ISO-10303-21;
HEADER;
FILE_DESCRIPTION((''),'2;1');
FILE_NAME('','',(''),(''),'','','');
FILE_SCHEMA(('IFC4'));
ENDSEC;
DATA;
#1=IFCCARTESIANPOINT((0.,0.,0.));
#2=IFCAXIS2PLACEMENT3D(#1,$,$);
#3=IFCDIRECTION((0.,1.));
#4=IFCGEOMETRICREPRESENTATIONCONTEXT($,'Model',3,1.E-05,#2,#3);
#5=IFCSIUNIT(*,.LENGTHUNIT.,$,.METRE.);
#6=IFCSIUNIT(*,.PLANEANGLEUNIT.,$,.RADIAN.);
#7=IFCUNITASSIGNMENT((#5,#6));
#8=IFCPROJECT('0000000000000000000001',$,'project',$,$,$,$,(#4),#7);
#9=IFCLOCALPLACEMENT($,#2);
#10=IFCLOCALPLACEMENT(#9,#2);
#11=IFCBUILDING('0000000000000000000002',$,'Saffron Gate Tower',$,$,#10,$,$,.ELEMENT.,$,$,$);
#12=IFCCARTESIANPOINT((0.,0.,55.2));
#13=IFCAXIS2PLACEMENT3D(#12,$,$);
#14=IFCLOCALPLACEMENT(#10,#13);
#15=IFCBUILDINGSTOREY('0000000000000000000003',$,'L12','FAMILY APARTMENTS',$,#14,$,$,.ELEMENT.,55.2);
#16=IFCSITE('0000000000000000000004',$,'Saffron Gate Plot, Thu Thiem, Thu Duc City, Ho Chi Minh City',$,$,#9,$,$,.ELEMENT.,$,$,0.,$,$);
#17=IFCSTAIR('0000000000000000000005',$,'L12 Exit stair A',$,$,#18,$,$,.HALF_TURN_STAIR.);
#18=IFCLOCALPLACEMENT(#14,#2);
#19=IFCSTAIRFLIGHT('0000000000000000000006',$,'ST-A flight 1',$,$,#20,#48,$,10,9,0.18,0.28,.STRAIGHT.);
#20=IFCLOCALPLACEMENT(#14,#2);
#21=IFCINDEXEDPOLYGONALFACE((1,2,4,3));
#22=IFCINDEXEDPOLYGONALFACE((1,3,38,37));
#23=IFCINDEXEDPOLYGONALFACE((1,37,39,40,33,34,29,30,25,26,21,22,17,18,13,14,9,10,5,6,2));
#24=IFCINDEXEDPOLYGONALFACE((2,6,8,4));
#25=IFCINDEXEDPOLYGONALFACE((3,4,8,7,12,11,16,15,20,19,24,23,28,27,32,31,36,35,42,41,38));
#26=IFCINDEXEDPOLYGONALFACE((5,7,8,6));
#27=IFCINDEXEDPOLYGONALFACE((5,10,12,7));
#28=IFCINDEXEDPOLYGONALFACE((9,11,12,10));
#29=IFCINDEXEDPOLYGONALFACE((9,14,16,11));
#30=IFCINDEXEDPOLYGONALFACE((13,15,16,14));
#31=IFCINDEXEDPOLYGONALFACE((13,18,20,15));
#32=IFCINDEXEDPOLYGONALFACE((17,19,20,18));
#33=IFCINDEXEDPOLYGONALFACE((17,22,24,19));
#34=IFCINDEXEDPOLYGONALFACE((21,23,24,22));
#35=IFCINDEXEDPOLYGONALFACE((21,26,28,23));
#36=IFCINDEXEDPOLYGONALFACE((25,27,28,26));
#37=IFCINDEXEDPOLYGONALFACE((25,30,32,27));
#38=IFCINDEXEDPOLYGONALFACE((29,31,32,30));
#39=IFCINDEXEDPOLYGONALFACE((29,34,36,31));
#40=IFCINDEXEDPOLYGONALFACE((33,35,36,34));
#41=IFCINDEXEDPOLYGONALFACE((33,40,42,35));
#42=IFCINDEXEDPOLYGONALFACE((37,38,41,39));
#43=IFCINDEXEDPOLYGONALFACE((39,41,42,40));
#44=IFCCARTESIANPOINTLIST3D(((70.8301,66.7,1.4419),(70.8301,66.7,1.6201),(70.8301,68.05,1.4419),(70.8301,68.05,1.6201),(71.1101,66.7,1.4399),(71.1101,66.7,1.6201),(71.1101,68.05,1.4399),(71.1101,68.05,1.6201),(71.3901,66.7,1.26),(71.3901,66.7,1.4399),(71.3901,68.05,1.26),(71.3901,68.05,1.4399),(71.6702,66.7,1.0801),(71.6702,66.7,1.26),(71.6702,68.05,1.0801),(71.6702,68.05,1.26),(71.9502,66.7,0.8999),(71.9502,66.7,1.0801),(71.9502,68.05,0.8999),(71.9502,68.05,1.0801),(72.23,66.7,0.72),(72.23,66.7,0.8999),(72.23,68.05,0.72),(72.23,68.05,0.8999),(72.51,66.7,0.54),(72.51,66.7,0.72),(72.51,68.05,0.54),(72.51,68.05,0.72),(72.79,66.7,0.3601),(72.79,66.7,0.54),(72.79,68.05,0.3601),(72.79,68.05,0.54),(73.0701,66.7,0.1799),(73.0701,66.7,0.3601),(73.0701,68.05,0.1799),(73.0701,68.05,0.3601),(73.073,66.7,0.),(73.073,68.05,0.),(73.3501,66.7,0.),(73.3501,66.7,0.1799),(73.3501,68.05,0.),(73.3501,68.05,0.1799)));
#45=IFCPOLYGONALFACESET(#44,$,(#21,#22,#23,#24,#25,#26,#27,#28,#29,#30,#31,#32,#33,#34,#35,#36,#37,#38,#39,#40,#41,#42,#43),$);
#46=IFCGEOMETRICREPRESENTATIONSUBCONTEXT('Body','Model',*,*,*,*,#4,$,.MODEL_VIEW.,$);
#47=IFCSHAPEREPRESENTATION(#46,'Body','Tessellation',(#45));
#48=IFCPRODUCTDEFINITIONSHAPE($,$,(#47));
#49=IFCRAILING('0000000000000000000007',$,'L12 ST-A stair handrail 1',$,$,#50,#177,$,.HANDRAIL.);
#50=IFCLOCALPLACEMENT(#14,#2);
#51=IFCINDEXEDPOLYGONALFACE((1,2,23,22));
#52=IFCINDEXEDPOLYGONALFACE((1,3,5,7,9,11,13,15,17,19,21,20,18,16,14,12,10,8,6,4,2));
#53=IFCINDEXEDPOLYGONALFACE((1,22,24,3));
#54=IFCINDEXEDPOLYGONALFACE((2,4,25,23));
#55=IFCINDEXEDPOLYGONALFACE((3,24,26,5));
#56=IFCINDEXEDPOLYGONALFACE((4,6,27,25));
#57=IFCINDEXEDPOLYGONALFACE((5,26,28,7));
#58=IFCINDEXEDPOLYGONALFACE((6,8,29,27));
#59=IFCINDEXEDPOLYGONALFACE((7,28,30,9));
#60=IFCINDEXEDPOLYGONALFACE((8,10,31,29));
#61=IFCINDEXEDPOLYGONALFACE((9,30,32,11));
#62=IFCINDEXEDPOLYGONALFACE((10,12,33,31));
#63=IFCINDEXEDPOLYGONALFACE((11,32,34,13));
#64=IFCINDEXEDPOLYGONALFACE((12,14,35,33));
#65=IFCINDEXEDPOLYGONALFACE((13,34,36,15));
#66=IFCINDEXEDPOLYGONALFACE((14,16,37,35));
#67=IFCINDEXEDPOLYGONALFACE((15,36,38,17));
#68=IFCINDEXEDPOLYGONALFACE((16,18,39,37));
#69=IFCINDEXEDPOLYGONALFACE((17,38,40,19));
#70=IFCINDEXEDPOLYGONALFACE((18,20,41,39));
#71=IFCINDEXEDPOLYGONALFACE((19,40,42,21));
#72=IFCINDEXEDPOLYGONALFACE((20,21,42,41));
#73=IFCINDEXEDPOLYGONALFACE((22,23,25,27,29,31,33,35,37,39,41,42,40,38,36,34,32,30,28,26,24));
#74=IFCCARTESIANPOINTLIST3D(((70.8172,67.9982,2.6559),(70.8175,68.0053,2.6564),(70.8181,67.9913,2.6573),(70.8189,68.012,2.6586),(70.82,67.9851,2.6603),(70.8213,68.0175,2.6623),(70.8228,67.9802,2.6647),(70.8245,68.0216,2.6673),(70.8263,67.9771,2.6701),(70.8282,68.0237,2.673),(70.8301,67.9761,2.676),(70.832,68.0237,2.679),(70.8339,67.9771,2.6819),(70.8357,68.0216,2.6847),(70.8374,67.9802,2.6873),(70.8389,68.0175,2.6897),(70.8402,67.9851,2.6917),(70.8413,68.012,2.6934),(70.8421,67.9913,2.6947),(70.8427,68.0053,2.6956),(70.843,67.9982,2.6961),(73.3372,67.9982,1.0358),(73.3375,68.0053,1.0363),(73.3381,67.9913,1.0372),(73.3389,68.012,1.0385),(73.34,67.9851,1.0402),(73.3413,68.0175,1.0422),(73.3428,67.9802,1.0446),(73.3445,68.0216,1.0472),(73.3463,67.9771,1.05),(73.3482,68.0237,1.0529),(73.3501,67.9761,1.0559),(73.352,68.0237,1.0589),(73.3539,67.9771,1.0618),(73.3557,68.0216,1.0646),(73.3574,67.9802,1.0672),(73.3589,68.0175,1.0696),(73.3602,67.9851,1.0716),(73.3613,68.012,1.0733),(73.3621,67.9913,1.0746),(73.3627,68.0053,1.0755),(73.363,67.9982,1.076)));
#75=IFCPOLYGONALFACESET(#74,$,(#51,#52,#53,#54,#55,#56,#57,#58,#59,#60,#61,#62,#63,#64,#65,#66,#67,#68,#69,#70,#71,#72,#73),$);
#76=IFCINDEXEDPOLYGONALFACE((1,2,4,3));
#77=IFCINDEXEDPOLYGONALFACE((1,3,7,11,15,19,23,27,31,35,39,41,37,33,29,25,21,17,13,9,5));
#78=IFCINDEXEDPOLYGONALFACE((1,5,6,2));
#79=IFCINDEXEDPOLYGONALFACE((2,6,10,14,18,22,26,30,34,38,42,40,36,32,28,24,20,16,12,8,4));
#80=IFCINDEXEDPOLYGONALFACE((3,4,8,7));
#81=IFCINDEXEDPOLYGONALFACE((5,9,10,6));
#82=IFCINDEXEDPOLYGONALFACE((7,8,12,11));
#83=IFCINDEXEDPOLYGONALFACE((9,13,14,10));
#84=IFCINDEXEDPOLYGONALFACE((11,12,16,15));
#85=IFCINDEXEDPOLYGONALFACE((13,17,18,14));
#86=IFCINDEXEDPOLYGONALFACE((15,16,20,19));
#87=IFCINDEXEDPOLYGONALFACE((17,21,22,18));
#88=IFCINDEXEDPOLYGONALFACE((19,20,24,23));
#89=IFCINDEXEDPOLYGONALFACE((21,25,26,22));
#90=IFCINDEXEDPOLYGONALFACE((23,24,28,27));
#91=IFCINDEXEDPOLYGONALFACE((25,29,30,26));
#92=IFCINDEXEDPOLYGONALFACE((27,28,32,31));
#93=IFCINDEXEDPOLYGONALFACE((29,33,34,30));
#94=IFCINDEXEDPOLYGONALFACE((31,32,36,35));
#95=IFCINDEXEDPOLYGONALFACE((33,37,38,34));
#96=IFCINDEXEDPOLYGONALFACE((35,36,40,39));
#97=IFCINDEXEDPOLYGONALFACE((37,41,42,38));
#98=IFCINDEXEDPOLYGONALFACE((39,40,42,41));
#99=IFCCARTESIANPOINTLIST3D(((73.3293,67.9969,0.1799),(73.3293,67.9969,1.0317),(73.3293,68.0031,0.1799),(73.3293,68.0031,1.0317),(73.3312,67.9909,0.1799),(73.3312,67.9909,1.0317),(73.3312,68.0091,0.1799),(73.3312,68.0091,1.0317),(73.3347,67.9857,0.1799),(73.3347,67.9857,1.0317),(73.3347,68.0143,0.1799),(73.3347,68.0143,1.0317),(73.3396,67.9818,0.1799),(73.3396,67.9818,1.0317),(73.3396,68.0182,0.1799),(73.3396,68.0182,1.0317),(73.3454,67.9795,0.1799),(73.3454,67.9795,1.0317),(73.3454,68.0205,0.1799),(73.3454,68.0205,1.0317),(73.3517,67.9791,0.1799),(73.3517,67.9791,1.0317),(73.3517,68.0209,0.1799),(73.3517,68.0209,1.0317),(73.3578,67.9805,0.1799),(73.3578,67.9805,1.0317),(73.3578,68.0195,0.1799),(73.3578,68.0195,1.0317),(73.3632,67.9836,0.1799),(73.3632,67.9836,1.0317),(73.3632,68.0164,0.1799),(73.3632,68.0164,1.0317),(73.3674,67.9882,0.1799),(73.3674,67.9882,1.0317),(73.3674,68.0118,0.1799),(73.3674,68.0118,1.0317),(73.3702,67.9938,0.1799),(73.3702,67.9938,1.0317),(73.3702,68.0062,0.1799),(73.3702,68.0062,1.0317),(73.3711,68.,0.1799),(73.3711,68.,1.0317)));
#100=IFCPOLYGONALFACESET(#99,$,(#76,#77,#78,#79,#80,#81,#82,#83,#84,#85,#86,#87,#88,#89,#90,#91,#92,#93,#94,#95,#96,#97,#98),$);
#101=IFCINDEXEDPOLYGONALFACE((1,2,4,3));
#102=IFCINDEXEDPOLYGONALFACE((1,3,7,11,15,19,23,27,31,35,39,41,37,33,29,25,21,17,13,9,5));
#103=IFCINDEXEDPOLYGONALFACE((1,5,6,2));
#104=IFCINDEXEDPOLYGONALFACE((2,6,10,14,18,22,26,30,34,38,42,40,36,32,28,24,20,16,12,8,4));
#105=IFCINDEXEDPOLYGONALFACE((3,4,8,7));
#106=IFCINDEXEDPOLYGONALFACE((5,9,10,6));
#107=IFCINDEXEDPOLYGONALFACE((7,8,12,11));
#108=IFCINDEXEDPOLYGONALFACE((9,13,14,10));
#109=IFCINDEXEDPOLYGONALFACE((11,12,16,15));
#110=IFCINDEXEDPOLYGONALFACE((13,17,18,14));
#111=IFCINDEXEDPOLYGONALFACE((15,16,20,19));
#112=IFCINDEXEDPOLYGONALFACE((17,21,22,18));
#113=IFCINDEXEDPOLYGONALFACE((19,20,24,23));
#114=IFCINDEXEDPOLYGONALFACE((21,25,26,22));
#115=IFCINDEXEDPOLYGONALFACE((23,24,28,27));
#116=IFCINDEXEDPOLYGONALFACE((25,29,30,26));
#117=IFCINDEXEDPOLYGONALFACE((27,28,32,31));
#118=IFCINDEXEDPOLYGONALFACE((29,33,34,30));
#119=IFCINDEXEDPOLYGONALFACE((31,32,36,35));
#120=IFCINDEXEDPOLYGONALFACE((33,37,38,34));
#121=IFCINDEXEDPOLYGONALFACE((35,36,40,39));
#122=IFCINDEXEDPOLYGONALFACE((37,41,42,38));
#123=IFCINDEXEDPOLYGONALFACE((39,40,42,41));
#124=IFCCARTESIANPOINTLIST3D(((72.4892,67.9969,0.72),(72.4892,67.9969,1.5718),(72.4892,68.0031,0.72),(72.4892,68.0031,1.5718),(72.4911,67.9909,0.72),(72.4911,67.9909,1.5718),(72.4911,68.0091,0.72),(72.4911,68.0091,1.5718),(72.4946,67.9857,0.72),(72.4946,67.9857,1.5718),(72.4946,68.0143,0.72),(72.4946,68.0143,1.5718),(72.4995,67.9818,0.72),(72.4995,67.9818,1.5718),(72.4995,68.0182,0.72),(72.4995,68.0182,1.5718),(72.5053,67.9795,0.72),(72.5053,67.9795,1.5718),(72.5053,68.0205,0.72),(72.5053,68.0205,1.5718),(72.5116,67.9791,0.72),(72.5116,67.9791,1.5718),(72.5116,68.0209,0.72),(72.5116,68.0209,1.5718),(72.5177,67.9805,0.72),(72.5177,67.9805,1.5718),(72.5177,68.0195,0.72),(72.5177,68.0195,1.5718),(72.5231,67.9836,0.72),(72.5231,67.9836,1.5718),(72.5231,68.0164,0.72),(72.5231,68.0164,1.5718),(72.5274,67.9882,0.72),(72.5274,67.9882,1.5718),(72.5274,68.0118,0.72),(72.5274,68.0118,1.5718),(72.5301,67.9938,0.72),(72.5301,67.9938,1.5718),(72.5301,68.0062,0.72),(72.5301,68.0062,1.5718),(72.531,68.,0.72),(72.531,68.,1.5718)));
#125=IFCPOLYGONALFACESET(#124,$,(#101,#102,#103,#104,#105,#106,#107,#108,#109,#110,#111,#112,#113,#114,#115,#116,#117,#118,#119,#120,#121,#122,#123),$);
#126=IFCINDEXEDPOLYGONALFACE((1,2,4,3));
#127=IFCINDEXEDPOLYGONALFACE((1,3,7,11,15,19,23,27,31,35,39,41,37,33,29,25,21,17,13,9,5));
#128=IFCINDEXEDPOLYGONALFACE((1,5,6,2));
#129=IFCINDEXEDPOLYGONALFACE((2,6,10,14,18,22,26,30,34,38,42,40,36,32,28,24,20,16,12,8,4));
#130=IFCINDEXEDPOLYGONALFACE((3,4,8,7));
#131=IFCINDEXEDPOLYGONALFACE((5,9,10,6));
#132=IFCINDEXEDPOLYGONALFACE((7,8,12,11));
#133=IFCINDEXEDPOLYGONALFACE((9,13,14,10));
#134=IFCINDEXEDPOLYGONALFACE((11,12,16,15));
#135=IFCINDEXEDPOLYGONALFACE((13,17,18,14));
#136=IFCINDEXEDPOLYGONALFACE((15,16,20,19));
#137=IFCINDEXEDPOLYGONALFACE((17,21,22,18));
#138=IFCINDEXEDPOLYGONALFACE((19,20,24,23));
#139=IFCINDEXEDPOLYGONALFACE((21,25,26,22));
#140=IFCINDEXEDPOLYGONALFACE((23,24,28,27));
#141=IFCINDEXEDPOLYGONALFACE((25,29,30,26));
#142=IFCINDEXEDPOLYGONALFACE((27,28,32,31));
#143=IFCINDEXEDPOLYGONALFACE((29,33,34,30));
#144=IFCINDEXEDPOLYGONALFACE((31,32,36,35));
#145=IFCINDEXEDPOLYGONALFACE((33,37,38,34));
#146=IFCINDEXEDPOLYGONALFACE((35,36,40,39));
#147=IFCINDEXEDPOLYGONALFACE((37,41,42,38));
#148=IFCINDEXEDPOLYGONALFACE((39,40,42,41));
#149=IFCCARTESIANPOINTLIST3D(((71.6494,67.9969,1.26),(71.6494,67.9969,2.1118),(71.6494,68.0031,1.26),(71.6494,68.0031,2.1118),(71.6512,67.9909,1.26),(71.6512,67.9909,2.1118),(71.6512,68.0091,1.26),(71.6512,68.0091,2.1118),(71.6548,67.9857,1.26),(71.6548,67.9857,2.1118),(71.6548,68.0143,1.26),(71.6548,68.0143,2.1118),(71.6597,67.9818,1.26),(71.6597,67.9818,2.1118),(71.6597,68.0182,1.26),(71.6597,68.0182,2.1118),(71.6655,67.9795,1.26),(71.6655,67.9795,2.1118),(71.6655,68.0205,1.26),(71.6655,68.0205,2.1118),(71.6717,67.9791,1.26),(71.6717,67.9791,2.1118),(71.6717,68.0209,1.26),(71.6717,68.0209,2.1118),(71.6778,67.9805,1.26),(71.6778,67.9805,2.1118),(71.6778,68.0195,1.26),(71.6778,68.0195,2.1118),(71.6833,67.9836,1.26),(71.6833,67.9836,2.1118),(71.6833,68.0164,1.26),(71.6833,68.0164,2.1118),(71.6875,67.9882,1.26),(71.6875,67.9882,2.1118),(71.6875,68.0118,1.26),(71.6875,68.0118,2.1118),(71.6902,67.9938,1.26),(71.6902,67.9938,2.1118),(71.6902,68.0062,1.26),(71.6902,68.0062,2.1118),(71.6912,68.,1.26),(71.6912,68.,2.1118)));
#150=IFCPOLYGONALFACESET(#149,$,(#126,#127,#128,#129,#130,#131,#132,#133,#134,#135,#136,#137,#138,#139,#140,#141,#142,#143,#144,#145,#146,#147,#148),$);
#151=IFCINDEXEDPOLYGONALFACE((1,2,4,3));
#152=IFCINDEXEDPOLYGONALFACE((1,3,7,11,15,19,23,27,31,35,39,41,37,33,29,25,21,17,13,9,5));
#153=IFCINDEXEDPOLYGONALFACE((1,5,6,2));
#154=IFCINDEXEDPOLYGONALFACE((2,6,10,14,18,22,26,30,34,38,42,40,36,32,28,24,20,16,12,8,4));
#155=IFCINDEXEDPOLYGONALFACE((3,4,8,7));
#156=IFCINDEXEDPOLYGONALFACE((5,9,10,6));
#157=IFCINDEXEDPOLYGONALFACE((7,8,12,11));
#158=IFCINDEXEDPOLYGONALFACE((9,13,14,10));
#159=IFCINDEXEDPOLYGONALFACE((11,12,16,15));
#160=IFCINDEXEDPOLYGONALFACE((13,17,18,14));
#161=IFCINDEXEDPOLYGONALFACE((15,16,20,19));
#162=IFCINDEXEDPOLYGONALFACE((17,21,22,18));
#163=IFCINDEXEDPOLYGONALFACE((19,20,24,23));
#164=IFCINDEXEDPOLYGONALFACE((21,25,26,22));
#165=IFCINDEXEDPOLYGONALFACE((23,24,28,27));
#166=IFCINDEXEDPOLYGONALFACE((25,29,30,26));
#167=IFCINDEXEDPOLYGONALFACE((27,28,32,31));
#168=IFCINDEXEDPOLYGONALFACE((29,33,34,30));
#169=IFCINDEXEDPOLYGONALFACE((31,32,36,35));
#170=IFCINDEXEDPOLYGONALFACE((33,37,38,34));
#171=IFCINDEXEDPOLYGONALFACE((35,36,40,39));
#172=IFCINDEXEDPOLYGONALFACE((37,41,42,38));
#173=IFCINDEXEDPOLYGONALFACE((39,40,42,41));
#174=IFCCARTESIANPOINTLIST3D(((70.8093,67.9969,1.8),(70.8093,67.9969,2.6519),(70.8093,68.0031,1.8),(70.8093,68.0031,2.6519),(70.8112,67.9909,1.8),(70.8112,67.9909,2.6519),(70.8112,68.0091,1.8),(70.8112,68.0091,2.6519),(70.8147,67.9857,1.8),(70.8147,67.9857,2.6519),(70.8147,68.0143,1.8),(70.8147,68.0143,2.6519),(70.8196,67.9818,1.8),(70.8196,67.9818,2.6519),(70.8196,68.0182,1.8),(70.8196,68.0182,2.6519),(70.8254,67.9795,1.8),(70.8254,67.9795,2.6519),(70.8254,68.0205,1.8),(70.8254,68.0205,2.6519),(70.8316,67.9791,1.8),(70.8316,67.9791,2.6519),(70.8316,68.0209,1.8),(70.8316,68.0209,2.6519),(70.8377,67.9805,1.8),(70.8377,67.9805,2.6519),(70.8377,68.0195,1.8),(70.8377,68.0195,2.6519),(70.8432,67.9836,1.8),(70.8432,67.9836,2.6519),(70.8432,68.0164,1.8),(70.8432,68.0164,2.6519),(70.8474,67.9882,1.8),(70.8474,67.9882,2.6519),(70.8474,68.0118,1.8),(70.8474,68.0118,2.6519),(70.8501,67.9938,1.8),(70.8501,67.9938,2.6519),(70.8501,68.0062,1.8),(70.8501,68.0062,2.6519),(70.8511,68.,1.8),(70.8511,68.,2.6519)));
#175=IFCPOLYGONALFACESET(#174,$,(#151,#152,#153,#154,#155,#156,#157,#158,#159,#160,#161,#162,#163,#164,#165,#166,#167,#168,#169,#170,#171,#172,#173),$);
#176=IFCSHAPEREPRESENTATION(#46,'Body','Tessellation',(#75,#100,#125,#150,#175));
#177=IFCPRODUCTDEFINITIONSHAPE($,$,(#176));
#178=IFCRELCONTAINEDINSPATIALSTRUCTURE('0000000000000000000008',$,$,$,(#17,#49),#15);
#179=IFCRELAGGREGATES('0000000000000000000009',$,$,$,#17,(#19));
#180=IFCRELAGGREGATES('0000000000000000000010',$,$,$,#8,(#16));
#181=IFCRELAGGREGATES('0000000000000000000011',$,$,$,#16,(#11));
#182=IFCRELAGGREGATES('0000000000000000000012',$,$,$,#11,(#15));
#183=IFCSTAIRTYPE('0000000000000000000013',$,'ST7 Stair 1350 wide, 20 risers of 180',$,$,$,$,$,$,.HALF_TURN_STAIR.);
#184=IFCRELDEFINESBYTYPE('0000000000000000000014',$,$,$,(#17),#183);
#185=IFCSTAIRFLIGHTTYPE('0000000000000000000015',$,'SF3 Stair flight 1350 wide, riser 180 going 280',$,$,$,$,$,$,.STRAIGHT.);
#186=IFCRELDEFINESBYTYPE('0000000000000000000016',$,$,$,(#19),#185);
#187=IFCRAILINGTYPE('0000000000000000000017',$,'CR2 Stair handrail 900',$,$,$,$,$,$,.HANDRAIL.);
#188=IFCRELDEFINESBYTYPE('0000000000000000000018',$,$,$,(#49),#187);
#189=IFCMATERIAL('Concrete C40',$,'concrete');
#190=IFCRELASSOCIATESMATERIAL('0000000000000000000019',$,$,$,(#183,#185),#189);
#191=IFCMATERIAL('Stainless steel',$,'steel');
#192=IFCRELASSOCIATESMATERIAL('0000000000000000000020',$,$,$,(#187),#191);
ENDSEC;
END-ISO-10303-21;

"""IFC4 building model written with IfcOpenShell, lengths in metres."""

from ifc_helpers import new_model, si_unit, direction, frame, origin, origin_2d, place, context, subcontext, project, spatial, polyline, circle, outline, extrude, material, type_object, element, aggregate, save


model = new_model("IFC4")

# Units and contexts
model_context = context("Model", 3, precision=1e-05, world=origin(), true_north=direction((0.0, 1.0)))
body_context = subcontext(model_context, "Body", "Model", "MODEL_VIEW")
ifc_project = project(units=[si_unit("LENGTHUNIT", "METRE"), si_unit("PLANEANGLEUNIT", "RADIAN")], contexts=[model_context])

# Site, building, storey
site_placement = place(None, origin())
site = spatial("IfcSite", under=ifc_project, at=site_placement, Name="Saffron Gate Plot, Thu Thiem, Thu Duc City, Ho Chi Minh City", CompositionType="ELEMENT", RefElevation=0.0)
building_placement = place(site_placement, origin())
building = spatial("IfcBuilding", under=site, at=building_placement, Name="Saffron Gate Tower", CompositionType="ELEMENT")
storey_placement = place(building_placement, frame((0.0, 0.0, 55.2)))
storey = spatial("IfcBuildingStorey", under=building, at=storey_placement, Name="L12", Description="FAMILY APARTMENTS", CompositionType="ELEMENT", Elevation=55.2)

# Stair, stair flight
ifc_material_1 = material(Name="Concrete C40", Category="concrete")
stair_type = type_object("IfcStairType", Name="ST7 Stair 1350 wide, 20 risers of 180", PredefinedType="HALF_TURN_STAIR", material=ifc_material_1)
stair_placement = place(storey_placement, origin())
stair = element("IfcStair", 1, at=stair_placement, inside=storey, type_object=stair_type, Name="L12 Exit stair A", PredefinedType="HALF_TURN_STAIR")
stair_flight_type = type_object("IfcStairFlightType", Name="SF3 Stair flight 1350 wide, riser 180 going 280", PredefinedType="STRAIGHT", material=ifc_material_1)
stair_flight_placement = place(storey_placement, frame((73.3501, 67.375, 0.0), z_axis=(0.0, 0.0, 1.0), x_axis=(-1.0, 0.0, 0.0)))
stair_flight = element("IfcStairFlight", 2, at=stair_flight_placement, type_object=stair_flight_type, Name="ST-A flight 1", NumberOfRisers=10, NumberOfTreads=9, PredefinedType="STRAIGHT", RiserHeight=0.18, TreadLength=0.28, context=body_context, shape_type="SweptSolid", body=[
    extrude(outline(polyline([(0.0, 0.0), (0.0, 0.1799), (0.28, 0.1799), (0.28, 0.3601), (0.5601, 0.3601), (0.5601, 0.54), (0.8401, 0.54), (0.8401, 0.72), (1.1201, 0.72), (1.1201, 0.8999), (1.3999, 0.8999), (1.3999, 1.0801), (1.6799, 1.0801), (1.6799, 1.26), (1.96, 1.26), (1.96, 1.4399), (2.24, 1.4399), (2.24, 1.6201), (2.52, 1.6201), (2.52, 1.8), (2.52, 1.4419), (0.2771, 0.0), (0.0, 0.0)])), frame((0.0, 0.675, 0.0), z_axis=(0.0, -1.0, 0.0), x_axis=(1.0, 0.0, 0.0)), (0.0, 0.0, 1.0), 1.3501),
])
aggregate(stair, [stair_flight])

# Railing
ifc_material_2 = material(Name="Stainless steel", Category="steel")
railing_type_1 = type_object("IfcRailingType", Name="CR2 Stair handrail 900", PredefinedType="HANDRAIL", material=ifc_material_2)
railing_1_placement = place(storey_placement, frame((73.3501, 68.0, 0.1799)))
element("IfcRailing", 3, at=railing_1_placement, inside=storey, type_object=railing_type_1, Name="L12 ST-A stair handrail 1", PredefinedType="HANDRAIL", context=body_context, shape_type="SweptSolid", body=[
    extrude(circle(Radius=0.0239, at=origin_2d()), frame((0.0, 0.0, 0.876), z_axis=(-0.841163, 0.0, 0.540782), x_axis=(0.0, -1.0, 0.0)), (0.0, 0.0, 1.0), 2.9958),
    extrude(circle(Radius=0.021, at=origin_2d()), origin(), (0.0, 0.0, 1.0), 0.8518),
    extrude(circle(Radius=0.021, at=origin_2d()), frame((-0.8401, 0.0, 0.54)), (0.0, 0.0, 1.0), 0.8518),
    extrude(circle(Radius=0.021, at=origin_2d()), frame((-1.6799, 0.0, 1.0801)), (0.0, 0.0, 1.0), 0.8518),
    extrude(circle(Radius=0.021, at=origin_2d()), frame((-2.52, 0.0, 1.6201)), (0.0, 0.0, 1.0), 0.8518),
])

save(model, "model.ifc")
